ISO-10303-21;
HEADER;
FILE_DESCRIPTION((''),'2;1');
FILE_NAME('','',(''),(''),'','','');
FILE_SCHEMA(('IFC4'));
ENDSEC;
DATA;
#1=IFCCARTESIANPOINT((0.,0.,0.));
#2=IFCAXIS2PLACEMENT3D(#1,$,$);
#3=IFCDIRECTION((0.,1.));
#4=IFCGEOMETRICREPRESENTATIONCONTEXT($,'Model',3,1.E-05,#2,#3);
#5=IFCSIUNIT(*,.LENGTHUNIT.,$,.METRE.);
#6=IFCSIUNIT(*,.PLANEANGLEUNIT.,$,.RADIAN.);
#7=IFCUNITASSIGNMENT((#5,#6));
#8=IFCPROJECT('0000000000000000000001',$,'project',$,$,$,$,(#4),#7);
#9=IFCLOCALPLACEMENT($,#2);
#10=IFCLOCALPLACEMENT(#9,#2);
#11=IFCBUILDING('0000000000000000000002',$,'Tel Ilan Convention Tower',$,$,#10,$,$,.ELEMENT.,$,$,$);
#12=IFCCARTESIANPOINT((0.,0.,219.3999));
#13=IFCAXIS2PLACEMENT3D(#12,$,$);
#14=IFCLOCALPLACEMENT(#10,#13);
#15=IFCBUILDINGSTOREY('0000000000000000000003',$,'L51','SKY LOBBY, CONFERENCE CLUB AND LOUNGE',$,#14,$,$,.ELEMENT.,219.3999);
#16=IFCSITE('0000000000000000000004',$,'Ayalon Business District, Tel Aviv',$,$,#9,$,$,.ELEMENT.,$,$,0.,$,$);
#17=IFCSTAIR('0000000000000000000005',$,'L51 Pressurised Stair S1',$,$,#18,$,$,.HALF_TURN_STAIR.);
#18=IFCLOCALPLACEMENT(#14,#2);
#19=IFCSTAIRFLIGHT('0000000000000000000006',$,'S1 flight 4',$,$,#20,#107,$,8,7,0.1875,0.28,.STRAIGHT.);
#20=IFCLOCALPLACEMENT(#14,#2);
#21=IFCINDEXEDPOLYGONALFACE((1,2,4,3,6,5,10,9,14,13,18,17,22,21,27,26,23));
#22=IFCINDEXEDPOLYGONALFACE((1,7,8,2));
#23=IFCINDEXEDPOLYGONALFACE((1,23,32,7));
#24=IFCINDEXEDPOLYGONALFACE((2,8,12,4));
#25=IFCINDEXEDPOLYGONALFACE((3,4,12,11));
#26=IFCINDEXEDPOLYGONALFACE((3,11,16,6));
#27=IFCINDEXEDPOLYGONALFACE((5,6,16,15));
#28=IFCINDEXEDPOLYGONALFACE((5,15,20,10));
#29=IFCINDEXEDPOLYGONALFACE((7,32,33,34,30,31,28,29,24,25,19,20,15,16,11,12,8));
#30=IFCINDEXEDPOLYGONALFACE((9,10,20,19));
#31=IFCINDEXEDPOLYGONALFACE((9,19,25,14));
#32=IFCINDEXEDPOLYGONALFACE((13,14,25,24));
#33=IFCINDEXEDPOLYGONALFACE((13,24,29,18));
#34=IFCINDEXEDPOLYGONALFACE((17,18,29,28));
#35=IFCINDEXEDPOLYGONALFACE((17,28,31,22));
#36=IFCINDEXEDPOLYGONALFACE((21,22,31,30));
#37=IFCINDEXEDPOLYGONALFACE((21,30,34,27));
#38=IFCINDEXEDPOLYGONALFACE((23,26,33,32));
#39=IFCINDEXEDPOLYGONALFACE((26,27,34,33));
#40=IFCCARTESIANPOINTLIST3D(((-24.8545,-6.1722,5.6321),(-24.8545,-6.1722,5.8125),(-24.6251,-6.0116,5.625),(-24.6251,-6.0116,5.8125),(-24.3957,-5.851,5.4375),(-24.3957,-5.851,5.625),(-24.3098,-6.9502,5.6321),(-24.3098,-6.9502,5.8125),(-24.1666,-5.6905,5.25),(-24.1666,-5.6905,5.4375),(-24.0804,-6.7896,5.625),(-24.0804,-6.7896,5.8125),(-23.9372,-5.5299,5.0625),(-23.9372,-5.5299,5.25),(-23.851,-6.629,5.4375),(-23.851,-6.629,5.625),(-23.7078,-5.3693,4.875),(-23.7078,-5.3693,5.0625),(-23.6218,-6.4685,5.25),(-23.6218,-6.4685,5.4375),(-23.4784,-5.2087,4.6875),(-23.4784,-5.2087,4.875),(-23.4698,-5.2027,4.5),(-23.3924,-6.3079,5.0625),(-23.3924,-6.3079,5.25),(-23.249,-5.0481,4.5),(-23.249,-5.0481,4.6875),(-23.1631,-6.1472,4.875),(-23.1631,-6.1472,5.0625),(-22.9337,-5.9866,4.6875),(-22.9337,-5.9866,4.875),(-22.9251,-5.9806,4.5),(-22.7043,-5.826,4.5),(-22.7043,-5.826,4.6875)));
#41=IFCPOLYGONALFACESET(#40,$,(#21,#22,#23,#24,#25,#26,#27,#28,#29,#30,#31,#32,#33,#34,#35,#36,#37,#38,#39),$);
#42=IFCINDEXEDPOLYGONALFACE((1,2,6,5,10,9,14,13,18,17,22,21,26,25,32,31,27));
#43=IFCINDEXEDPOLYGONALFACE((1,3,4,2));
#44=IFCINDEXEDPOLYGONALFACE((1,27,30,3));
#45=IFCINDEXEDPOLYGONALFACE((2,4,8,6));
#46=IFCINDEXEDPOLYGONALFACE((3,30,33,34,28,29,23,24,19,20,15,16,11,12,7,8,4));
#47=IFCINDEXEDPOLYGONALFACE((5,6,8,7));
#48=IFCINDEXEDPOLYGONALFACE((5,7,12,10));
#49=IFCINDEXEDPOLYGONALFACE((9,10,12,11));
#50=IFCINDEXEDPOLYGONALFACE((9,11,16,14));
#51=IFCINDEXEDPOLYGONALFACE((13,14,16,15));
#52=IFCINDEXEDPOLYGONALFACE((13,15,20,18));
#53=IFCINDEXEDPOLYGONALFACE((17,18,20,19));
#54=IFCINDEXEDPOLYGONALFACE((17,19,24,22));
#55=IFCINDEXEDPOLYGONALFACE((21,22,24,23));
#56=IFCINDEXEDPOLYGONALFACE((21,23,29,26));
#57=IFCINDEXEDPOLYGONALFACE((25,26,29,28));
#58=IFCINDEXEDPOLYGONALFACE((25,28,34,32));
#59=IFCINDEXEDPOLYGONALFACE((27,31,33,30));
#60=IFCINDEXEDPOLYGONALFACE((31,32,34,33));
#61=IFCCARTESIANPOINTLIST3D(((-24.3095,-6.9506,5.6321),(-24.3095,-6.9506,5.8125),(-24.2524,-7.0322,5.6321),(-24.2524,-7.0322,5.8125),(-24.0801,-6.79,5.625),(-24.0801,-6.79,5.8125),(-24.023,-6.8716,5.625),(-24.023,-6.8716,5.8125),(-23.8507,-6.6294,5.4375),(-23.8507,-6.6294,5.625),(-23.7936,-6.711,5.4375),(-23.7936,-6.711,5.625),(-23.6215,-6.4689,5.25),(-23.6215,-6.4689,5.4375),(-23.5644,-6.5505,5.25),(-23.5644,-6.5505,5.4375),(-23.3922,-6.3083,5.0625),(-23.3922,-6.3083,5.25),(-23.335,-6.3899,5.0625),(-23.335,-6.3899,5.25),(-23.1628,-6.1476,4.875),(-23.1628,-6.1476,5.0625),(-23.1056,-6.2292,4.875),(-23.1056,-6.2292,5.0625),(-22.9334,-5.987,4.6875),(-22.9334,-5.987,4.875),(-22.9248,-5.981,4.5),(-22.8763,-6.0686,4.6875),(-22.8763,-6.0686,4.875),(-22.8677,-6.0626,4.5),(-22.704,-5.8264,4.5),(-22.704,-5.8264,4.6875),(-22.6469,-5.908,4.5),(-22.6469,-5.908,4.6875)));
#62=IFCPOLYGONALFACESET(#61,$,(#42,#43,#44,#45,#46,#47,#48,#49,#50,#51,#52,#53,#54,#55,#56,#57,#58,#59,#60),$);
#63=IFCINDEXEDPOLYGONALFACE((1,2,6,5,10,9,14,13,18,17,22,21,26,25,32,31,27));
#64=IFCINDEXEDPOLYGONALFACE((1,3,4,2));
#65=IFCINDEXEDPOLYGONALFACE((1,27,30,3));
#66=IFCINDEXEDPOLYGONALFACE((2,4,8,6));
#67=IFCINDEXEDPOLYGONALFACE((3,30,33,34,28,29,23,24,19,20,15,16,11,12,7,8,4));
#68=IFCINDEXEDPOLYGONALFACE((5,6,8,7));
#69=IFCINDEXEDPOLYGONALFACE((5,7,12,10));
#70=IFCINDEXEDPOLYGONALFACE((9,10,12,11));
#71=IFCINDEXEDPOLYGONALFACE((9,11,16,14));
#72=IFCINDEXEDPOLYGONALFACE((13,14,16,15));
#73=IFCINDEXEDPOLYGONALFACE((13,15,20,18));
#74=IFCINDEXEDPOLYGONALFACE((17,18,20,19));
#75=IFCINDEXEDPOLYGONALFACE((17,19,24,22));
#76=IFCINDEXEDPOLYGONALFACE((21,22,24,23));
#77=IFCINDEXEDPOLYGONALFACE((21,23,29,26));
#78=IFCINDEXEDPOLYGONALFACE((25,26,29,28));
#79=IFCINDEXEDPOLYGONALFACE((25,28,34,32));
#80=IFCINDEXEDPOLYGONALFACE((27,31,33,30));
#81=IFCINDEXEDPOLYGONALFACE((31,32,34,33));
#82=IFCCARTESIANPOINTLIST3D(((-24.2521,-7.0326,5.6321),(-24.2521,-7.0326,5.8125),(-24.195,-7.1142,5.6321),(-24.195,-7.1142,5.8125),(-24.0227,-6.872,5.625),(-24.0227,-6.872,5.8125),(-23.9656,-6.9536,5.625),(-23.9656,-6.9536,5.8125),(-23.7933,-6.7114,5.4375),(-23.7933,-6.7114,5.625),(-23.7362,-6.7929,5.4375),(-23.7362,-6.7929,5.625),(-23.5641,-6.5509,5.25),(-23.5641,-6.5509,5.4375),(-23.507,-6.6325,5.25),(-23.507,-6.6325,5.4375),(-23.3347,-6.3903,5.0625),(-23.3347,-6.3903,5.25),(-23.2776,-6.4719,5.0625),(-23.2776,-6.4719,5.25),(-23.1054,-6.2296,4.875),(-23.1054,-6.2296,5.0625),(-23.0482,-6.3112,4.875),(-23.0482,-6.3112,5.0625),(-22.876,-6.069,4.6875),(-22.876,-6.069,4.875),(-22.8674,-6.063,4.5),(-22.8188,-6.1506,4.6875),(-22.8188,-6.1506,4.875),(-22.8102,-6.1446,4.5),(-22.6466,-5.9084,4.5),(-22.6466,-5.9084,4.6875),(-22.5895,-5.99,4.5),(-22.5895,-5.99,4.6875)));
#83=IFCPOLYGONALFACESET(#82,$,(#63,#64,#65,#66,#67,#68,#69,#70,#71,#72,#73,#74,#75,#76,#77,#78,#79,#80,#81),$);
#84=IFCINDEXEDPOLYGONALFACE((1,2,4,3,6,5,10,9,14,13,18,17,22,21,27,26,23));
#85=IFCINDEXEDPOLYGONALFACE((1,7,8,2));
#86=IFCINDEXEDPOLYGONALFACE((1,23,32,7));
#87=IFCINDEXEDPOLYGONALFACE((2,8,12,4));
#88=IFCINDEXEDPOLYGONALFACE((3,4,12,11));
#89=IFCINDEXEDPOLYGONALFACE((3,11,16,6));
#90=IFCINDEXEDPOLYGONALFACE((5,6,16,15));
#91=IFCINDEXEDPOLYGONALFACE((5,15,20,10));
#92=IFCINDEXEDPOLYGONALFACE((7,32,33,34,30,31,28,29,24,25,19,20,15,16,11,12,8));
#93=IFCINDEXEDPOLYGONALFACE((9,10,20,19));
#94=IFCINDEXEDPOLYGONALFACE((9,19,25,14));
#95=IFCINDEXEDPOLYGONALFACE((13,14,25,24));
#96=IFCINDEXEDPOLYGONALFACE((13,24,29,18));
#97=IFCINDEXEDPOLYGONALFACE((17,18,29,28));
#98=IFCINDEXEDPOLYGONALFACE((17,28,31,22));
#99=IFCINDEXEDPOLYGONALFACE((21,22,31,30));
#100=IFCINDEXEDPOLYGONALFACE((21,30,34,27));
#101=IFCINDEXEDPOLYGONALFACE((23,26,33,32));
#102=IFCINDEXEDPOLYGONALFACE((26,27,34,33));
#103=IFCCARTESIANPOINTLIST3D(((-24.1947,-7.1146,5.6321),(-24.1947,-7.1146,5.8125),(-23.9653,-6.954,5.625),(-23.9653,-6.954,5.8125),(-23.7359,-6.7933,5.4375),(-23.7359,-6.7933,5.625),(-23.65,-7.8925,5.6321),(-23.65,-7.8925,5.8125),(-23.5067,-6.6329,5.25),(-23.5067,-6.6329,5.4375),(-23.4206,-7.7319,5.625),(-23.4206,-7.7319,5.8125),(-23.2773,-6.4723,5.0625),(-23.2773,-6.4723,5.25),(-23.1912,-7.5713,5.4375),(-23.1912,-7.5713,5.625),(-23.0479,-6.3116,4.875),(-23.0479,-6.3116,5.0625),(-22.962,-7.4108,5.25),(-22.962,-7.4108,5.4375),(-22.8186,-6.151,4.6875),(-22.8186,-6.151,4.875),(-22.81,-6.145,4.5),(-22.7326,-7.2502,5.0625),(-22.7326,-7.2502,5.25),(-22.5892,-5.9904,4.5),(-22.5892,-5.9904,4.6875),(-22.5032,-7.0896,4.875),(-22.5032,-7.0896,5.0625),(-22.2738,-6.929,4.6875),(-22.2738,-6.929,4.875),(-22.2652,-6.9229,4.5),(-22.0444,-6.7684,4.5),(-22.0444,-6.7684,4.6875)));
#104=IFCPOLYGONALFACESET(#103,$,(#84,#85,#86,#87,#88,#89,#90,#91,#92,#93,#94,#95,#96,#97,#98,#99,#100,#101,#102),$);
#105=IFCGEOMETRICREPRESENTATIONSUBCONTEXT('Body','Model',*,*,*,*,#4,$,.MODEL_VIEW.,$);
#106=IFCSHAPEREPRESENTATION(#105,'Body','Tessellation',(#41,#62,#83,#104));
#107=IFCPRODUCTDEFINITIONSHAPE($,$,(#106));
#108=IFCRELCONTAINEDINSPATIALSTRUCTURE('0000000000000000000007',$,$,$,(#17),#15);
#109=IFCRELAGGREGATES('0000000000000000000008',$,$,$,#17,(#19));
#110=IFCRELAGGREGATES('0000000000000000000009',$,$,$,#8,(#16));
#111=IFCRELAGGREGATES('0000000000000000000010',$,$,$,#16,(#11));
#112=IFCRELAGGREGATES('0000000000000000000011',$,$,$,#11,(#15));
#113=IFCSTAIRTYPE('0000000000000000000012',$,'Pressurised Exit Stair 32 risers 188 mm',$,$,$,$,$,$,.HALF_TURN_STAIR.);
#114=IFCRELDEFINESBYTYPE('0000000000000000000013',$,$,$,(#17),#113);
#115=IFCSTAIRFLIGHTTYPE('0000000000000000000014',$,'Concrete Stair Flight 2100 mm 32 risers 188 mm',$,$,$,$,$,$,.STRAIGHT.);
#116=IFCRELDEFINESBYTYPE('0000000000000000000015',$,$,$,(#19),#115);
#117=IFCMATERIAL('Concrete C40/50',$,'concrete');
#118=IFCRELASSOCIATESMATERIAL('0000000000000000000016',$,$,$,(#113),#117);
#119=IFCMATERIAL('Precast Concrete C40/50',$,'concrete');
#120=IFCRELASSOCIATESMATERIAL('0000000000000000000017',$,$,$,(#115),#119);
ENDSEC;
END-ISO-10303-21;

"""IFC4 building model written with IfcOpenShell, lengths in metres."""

from ifc_helpers import new_model, si_unit, direction, frame, origin, place, context, subcontext, project, spatial, polyline, outline, extrude, material, type_object, element, aggregate, save


model = new_model("IFC4")

# Units and contexts
model_context = context("Model", 3, precision=1e-05, world=origin(), true_north=direction((0.0, 1.0)))
body_context = subcontext(model_context, "Body", "Model", "MODEL_VIEW")
ifc_project = project(units=[si_unit("LENGTHUNIT", "METRE"), si_unit("PLANEANGLEUNIT", "RADIAN")], contexts=[model_context])

# Site, building, storey
site_placement = place(None, origin())
site = spatial("IfcSite", under=ifc_project, at=site_placement, Name="Ayalon Business District, Tel Aviv", CompositionType="ELEMENT", RefElevation=0.0)
building_placement = place(site_placement, origin())
building = spatial("IfcBuilding", under=site, at=building_placement, Name="Tel Ilan Convention Tower", CompositionType="ELEMENT")
storey_placement = place(building_placement, frame((0.0, 0.0, 219.3999)))
storey = spatial("IfcBuildingStorey", under=building, at=storey_placement, Name="L51", Description="SKY LOBBY, CONFERENCE CLUB AND LOUNGE", CompositionType="ELEMENT", Elevation=219.3999)

# Stair, stair flight
ifc_material_1 = material(Name="Concrete C40/50", Category="concrete")
stair_type = type_object("IfcStairType", Name="Pressurised Exit Stair 32 risers 188 mm", PredefinedType="HALF_TURN_STAIR", material=ifc_material_1)
stair_1_placement = place(storey_placement, origin())
stair_1 = element("IfcStair", 1, at=stair_1_placement, inside=storey, type_object=stair_type, Name="L51 Pressurised Stair S1", PredefinedType="HALF_TURN_STAIR")
ifc_material_2 = material(Name="Precast Concrete C40/50", Category="concrete")
stair_flight_type = type_object("IfcStairFlightType", Name="Concrete Stair Flight 2100 mm 32 risers 188 mm", PredefinedType="STRAIGHT", material=ifc_material_2)
stair_flight_1_placement = place(storey_placement, frame((-22.6467, -5.9082, 4.5), z_axis=(0.0, 0.0, 1.0), x_axis=(-0.819152, -0.573576, 0.0)))
stair_flight_1 = element("IfcStairFlight", 2, at=stair_flight_1_placement, type_object=stair_flight_type, Name="S1 flight 4", NumberOfRisers=8, NumberOfTreads=7, PredefinedType="STRAIGHT", RiserHeight=0.1875, TreadLength=0.28, context=body_context, shape_type="SweptSolid", body=[
    extrude(outline(polyline([(0.0, 0.0), (0.0, 0.1875), (0.28, 0.1875), (0.28, 0.375), (0.5601, 0.375), (0.5601, 0.5625), (0.8401, 0.5625), (0.8401, 0.75), (1.1201, 0.75), (1.1201, 0.9375), (1.3999, 0.9375), (1.3999, 1.125), (1.6799, 1.125), (1.6799, 1.3125), (1.96, 1.3125), (1.96, 1.5), (1.96, 1.1321), (0.2695, 0.0), (0.0, 0.0)])), frame((0.0, -0.1003, 0.0), z_axis=(0.0, -1.0, 0.0), x_axis=(1.0, 0.0, 0.0)), (0.0, 0.0, 1.0), 0.9497),
    extrude(outline(polyline([(0.0, 0.0), (0.0, 0.1875), (0.28, 0.1875), (0.28, 0.375), (0.5601, 0.375), (0.5601, 0.5625), (0.8401, 0.5625), (0.8401, 0.75), (1.1201, 0.75), (1.1201, 0.9375), (1.3999, 0.9375), (1.3999, 1.125), (1.6799, 1.125), (1.6799, 1.3125), (1.96, 1.3125), (1.96, 1.5), (1.96, 1.1321), (0.2695, 0.0), (0.0, 0.0)])), frame((0.0, -0.0002, 0.0), z_axis=(0.0, -1.0, 0.0), x_axis=(1.0, 0.0, 0.0)), (0.0, 0.0, 1.0), 0.0996),
    extrude(outline(polyline([(0.0, 0.0), (0.0, 0.1875), (0.28, 0.1875), (0.28, 0.375), (0.5601, 0.375), (0.5601, 0.5625), (0.8401, 0.5625), (0.8401, 0.75), (1.1201, 0.75), (1.1201, 0.9375), (1.3999, 0.9375), (1.3999, 1.125), (1.6799, 1.125), (1.6799, 1.3125), (1.96, 1.3125), (1.96, 1.5), (1.96, 1.1321), (0.2695, 0.0), (0.0, 0.0)])), frame((0.0, 0.0999, 0.0), z_axis=(0.0, -1.0, 0.0), x_axis=(1.0, 0.0, 0.0)), (0.0, 0.0, 1.0), 0.0996),
    extrude(outline(polyline([(0.0, 0.0), (0.0, 0.1875), (0.28, 0.1875), (0.28, 0.375), (0.5601, 0.375), (0.5601, 0.5625), (0.8401, 0.5625), (0.8401, 0.75), (1.1201, 0.75), (1.1201, 0.9375), (1.3999, 0.9375), (1.3999, 1.125), (1.6799, 1.125), (1.6799, 1.3125), (1.96, 1.3125), (1.96, 1.5), (1.96, 1.1321), (0.2695, 0.0), (0.0, 0.0)])), frame((0.0, 1.05, 0.0), z_axis=(0.0, -1.0, 0.0), x_axis=(1.0, 0.0, 0.0)), (0.0, 0.0, 1.0), 0.9497),
])
aggregate(stair_1, [stair_flight_1])

save(model, "model.ifc")
